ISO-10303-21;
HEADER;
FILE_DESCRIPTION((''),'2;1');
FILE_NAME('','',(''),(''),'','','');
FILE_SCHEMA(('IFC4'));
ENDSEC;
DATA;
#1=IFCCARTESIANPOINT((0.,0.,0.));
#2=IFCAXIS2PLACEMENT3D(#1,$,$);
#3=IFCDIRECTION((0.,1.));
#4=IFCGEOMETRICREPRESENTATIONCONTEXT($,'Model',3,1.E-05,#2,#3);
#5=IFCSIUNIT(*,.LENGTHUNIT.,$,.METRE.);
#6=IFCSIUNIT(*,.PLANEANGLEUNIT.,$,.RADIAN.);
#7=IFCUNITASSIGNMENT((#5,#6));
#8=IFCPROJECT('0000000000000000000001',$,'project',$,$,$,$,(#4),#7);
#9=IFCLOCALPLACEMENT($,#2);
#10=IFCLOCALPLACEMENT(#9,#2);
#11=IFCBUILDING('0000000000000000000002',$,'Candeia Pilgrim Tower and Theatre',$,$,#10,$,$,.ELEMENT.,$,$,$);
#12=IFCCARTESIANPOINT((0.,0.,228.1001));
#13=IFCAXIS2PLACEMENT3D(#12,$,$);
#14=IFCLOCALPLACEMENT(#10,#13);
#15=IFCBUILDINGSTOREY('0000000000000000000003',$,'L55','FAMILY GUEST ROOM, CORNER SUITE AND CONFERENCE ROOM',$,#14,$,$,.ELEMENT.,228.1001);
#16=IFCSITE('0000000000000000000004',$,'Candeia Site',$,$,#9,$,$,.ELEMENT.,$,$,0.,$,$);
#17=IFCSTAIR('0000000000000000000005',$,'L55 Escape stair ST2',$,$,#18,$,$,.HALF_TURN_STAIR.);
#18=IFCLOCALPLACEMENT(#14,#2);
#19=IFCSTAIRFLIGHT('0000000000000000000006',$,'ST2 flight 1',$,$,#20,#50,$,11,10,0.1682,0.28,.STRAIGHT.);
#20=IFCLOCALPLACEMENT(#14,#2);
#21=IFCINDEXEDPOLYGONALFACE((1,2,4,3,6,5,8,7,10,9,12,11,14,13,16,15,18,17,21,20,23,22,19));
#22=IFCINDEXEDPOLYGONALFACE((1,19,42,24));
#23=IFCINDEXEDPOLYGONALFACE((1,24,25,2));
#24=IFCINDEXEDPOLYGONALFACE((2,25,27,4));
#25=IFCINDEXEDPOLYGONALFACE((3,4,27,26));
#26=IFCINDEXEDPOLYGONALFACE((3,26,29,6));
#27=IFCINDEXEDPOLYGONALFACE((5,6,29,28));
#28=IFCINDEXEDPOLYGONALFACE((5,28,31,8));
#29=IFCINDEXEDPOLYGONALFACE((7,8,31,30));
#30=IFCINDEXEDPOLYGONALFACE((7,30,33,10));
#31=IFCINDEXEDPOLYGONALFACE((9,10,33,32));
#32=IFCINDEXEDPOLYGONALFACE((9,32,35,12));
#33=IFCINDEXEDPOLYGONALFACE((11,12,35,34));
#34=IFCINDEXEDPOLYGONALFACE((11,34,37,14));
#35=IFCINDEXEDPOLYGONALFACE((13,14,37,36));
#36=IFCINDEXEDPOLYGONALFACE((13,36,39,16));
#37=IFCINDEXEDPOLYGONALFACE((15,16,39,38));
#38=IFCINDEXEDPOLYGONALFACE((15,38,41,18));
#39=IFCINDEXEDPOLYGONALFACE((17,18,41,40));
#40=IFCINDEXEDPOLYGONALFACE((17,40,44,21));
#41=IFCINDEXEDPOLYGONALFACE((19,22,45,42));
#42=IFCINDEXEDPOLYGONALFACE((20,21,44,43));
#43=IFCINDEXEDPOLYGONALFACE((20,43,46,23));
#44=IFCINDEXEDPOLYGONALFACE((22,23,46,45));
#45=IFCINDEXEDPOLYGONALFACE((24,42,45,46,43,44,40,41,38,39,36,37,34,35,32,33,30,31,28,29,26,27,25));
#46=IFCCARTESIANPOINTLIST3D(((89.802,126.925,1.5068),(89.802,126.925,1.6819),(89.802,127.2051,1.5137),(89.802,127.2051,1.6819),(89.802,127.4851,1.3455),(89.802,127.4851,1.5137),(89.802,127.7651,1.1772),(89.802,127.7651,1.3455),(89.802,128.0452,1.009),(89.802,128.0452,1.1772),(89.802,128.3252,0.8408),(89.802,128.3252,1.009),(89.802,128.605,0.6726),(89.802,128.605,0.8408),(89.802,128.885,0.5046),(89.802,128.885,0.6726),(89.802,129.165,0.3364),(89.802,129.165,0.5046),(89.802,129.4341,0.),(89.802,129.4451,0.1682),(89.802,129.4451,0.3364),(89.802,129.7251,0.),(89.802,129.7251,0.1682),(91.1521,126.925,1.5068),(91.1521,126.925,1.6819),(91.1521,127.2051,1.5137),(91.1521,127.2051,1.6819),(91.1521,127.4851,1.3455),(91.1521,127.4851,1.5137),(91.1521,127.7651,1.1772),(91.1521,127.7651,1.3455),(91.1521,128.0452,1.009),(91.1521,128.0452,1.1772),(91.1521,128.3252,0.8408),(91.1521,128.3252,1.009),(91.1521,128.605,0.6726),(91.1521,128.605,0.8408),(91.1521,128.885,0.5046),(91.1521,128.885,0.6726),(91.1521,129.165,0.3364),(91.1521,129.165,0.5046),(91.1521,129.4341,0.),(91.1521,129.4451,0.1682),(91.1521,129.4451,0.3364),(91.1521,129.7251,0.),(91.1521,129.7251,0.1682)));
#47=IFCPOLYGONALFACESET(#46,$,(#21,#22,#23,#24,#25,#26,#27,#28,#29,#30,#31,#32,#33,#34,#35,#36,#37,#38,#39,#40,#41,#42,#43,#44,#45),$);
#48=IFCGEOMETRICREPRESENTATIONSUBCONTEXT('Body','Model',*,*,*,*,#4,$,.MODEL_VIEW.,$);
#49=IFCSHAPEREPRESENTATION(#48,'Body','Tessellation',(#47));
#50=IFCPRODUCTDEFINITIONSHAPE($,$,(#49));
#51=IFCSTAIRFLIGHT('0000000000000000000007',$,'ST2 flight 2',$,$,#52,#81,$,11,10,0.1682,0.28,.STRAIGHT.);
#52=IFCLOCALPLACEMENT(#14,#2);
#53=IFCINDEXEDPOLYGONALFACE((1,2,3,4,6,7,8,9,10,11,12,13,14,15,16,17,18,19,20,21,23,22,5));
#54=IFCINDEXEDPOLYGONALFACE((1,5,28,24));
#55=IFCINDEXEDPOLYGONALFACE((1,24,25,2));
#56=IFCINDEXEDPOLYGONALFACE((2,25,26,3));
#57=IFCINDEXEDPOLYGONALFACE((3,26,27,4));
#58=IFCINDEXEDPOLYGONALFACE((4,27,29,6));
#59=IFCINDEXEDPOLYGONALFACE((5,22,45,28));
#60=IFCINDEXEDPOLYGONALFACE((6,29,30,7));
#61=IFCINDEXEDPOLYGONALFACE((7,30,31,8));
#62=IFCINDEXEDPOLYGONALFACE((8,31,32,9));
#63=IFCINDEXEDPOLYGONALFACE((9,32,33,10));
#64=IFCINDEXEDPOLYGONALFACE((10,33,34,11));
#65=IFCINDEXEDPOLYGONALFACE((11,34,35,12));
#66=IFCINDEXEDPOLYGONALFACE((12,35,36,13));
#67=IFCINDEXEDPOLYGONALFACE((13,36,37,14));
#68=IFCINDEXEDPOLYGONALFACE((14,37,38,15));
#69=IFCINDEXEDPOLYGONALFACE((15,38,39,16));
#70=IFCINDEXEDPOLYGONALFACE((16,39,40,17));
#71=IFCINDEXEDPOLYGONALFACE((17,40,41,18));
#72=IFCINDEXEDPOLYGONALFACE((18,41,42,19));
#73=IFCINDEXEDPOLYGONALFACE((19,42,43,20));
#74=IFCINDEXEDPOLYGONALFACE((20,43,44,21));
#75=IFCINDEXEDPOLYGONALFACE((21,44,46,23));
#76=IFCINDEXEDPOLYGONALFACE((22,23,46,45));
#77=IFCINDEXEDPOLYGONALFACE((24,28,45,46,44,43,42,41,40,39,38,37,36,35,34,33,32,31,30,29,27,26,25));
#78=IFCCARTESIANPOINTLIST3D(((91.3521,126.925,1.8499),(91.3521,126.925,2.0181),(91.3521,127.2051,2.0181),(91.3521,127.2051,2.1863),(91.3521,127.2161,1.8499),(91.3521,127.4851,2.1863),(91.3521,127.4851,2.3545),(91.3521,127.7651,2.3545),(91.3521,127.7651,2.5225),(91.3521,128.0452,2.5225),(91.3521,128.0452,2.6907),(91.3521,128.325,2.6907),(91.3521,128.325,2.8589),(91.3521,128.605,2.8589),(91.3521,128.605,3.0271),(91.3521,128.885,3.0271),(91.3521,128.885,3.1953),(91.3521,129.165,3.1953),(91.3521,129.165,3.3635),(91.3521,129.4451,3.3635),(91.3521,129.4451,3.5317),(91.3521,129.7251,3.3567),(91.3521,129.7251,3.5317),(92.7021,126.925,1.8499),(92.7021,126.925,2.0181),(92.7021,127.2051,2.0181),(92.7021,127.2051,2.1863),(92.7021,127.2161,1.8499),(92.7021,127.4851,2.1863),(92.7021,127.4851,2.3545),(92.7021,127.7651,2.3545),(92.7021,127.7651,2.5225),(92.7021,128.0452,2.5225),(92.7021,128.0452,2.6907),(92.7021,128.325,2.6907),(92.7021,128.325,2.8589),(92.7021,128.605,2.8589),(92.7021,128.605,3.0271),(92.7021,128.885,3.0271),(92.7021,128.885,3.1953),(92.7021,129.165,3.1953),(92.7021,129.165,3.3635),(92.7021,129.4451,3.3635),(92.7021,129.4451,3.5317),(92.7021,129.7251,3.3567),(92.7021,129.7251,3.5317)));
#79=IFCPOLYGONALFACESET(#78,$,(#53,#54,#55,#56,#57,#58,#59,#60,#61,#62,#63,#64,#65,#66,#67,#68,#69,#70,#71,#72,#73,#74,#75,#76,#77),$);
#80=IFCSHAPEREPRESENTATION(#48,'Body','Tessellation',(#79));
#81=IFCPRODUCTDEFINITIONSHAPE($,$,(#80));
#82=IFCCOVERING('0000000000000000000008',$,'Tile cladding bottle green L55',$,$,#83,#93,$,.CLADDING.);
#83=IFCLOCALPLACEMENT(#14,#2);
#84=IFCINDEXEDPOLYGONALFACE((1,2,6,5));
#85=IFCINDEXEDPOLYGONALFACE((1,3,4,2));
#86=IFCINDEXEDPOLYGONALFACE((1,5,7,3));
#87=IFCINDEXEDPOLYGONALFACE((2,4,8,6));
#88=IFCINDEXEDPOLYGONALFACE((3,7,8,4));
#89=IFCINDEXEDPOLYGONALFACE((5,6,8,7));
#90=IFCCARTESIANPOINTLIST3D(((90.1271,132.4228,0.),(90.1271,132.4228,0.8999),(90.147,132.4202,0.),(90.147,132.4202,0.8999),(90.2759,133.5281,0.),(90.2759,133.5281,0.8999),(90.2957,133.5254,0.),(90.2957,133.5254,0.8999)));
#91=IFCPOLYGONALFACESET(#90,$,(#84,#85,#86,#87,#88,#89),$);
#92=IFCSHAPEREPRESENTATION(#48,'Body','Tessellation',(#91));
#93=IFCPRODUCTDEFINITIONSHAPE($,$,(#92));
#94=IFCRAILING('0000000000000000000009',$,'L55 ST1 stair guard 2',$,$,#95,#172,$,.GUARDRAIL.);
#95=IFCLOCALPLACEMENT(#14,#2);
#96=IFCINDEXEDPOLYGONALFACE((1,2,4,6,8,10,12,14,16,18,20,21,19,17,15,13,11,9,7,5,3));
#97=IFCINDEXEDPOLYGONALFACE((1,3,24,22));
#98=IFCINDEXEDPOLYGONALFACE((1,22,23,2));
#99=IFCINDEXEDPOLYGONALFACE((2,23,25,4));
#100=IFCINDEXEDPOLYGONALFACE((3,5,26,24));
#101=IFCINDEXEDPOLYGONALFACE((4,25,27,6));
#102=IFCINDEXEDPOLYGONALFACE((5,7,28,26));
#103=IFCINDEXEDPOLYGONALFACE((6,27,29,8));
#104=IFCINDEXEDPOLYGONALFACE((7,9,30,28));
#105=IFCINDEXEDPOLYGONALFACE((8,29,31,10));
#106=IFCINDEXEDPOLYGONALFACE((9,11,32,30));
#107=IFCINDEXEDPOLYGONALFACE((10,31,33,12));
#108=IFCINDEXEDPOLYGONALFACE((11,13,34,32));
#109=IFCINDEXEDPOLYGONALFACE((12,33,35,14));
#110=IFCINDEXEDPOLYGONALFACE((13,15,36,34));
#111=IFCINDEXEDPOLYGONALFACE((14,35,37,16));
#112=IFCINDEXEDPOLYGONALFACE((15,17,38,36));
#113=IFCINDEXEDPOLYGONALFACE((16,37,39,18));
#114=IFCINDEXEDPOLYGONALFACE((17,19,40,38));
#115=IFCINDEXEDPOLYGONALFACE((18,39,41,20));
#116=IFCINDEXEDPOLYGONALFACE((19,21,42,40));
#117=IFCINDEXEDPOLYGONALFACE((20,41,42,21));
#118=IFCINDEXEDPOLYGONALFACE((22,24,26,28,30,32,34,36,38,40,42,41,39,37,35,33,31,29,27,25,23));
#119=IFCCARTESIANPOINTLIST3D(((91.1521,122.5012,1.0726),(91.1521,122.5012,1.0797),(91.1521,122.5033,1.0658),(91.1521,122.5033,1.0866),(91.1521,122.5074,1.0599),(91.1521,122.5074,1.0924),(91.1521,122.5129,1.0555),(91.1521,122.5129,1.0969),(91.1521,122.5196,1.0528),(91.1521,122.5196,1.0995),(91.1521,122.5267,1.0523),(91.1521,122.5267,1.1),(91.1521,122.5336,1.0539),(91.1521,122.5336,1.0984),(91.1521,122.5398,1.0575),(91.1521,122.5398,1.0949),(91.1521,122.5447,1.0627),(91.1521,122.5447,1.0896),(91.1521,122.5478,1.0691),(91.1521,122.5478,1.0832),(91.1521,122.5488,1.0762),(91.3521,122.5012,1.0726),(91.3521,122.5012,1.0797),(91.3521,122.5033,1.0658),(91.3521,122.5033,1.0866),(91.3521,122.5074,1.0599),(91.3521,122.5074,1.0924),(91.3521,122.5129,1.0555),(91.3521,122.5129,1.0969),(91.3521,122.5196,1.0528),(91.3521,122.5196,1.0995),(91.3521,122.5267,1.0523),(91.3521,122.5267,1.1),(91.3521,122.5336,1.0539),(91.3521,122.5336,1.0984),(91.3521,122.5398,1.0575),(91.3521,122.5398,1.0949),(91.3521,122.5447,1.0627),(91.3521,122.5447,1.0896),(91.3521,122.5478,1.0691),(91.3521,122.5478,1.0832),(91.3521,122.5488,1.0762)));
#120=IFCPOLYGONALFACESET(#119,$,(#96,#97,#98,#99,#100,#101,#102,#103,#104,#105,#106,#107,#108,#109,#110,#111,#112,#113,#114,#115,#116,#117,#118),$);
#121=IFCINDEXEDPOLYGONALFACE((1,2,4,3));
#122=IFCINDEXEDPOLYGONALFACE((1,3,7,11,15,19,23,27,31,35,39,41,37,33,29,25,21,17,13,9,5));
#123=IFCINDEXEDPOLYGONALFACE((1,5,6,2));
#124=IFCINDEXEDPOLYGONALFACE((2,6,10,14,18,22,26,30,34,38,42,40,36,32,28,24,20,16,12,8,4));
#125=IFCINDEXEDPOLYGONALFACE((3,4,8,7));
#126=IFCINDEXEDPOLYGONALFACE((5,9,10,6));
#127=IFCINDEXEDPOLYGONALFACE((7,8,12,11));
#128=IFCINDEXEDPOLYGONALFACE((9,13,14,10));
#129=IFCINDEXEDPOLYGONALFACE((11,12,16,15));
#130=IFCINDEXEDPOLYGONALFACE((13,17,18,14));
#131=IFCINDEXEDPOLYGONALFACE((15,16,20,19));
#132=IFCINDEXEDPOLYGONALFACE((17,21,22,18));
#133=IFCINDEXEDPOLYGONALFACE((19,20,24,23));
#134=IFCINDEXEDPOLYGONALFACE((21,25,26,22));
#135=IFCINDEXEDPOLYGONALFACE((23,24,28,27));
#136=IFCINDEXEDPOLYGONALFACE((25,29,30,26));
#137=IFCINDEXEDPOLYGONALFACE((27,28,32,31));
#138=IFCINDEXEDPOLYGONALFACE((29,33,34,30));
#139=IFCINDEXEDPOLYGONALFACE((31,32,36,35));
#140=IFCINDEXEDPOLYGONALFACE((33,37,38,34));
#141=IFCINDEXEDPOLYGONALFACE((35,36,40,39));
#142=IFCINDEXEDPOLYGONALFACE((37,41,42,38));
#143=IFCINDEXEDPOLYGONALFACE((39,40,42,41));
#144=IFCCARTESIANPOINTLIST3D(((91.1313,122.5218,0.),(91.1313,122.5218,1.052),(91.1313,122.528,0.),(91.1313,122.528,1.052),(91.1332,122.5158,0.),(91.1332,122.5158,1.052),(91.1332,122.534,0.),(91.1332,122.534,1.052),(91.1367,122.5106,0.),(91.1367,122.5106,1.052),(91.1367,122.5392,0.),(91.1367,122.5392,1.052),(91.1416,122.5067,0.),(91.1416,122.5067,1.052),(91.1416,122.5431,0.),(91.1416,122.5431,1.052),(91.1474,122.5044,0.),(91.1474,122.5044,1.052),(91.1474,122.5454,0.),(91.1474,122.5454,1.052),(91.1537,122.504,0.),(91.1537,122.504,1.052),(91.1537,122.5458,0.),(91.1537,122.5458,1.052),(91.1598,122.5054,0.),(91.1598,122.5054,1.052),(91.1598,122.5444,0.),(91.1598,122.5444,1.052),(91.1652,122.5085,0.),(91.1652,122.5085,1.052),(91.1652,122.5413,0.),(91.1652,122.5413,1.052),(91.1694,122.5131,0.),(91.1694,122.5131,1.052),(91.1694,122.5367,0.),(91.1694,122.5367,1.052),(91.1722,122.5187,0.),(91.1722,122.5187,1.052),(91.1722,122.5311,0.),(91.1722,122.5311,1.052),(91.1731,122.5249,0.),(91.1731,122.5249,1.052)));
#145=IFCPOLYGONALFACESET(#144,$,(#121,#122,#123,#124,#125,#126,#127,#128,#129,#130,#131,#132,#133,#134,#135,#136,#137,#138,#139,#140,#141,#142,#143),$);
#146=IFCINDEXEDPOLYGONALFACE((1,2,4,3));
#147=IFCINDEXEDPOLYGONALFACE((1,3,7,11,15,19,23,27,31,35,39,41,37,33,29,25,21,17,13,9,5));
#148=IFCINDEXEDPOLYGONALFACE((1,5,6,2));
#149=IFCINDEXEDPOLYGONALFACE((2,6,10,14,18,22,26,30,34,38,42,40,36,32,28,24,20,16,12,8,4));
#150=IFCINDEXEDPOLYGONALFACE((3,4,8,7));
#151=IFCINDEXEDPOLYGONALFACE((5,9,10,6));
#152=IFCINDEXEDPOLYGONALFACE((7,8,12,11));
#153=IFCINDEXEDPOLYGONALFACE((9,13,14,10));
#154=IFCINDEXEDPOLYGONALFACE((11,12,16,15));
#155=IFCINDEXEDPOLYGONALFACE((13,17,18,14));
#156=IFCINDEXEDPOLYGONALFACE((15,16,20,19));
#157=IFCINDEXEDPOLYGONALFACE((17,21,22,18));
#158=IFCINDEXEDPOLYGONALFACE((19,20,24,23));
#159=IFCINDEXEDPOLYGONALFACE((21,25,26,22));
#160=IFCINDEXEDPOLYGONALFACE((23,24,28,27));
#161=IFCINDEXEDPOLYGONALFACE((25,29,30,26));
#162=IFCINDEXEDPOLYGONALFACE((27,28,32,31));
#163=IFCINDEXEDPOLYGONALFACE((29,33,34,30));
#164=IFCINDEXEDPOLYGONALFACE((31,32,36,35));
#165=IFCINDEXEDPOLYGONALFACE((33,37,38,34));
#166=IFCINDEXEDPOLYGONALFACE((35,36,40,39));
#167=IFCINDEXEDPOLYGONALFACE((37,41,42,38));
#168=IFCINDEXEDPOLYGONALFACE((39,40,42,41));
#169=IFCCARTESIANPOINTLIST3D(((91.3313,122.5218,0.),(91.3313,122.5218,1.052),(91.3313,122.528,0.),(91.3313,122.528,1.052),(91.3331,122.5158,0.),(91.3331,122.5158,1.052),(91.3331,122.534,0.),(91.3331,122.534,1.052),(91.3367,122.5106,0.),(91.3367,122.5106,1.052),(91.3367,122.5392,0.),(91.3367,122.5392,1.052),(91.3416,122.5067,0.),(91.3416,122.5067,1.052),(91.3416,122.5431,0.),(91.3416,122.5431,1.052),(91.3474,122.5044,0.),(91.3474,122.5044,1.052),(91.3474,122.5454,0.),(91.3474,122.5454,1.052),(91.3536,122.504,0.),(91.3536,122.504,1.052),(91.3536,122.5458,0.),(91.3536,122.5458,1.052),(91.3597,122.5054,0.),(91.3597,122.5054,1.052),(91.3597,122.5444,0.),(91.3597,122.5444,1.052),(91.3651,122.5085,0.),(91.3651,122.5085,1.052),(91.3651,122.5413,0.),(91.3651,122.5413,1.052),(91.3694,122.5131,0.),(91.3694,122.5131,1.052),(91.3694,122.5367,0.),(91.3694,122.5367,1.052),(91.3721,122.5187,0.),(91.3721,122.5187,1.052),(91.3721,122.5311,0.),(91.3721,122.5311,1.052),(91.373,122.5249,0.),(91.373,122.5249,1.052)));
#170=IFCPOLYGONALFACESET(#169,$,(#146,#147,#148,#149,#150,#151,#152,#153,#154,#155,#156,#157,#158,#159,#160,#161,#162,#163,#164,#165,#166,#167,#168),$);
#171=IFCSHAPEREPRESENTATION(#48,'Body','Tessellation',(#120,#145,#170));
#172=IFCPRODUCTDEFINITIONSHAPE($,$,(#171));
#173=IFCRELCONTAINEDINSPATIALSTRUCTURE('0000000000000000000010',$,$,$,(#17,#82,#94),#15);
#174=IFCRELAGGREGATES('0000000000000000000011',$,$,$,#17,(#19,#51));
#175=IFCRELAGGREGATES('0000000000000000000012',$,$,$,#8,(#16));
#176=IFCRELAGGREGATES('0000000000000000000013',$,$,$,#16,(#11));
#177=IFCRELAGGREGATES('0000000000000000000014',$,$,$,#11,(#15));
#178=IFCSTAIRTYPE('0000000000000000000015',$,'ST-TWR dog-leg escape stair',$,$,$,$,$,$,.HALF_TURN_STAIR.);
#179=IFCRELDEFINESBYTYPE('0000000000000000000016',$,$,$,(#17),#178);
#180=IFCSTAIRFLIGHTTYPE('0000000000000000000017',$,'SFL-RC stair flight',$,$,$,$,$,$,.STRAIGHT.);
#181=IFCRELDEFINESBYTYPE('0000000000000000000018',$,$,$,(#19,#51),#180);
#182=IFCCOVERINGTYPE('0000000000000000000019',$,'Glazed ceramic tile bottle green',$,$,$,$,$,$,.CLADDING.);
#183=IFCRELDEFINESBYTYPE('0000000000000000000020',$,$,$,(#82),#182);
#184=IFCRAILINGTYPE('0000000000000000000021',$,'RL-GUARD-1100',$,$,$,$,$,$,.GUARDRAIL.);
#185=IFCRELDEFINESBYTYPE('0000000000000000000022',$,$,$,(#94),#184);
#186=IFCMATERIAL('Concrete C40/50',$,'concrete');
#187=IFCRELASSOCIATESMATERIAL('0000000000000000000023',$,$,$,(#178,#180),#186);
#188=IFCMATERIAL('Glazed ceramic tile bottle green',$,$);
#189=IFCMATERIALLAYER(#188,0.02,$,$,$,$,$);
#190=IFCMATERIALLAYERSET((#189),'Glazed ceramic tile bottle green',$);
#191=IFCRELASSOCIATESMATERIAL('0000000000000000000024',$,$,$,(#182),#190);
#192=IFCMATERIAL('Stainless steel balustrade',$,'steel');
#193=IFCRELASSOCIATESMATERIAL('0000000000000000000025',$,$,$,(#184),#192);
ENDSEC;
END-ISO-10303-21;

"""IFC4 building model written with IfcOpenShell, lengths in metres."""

from ifc_helpers import new_model, si_unit, direction, frame, origin, origin_2d, place, context, subcontext, project, spatial, polyline, rectangle, circle, outline, extrude, material, layer, layer_set, type_object, element, aggregate, save


model = new_model("IFC4")

# Units and contexts
model_context = context("Model", 3, precision=1e-05, world=origin(), true_north=direction((0.0, 1.0)))
body_context = subcontext(model_context, "Body", "Model", "MODEL_VIEW")
ifc_project = project(units=[si_unit("LENGTHUNIT", "METRE"), si_unit("PLANEANGLEUNIT", "RADIAN")], contexts=[model_context])

# Site, building, storey
site_placement = place(None, origin())
site = spatial("IfcSite", under=ifc_project, at=site_placement, Name="Candeia Site", CompositionType="ELEMENT", RefElevation=0.0)
building_placement = place(site_placement, origin())
building = spatial("IfcBuilding", under=site, at=building_placement, Name="Candeia Pilgrim Tower and Theatre", CompositionType="ELEMENT")
storey_placement = place(building_placement, frame((0.0, 0.0, 228.1001)))
storey = spatial("IfcBuildingStorey", under=building, at=storey_placement, Name="L55", Description="FAMILY GUEST ROOM, CORNER SUITE AND CONFERENCE ROOM", CompositionType="ELEMENT", Elevation=228.1001)

# Shared definitions
ifc_material_1 = material(Name="Concrete C40/50", Category="concrete")

# Stair, stair flights
stair_type = type_object("IfcStairType", Name="ST-TWR dog-leg escape stair", PredefinedType="HALF_TURN_STAIR", material=ifc_material_1)
stair_flight_type = type_object("IfcStairFlightType", Name="SFL-RC stair flight", PredefinedType="STRAIGHT", material=ifc_material_1)
stair_1_placement = place(storey_placement, origin())
stair_1 = element("IfcStair", 1, at=stair_1_placement, inside=storey, type_object=stair_type, Name="L55 Escape stair ST2", PredefinedType="HALF_TURN_STAIR")
stair_flight_1_placement = place(storey_placement, frame((90.4771, 129.7251, 0.0), z_axis=(0.0, 0.0, 1.0), x_axis=(0.0, -1.0, 0.0)))
stair_flight_1 = element("IfcStairFlight", 2, at=stair_flight_1_placement, type_object=stair_flight_type, Name="ST2 flight 1", NumberOfRisers=11, NumberOfTreads=10, PredefinedType="STRAIGHT", RiserHeight=0.1682, TreadLength=0.28, context=body_context, shape_type="SweptSolid", body=[
    extrude(outline(polyline([(0.0, 0.0), (0.0, 0.1682), (0.28, 0.1682), (0.28, 0.3364), (0.5601, 0.3364), (0.5601, 0.5046), (0.8401, 0.5046), (0.8401, 0.6726), (1.1201, 0.6726), (1.1201, 0.8408), (1.3999, 0.8408), (1.3999, 1.009), (1.6799, 1.009), (1.6799, 1.1772), (1.96, 1.1772), (1.96, 1.3455), (2.24, 1.3455), (2.24, 1.5137), (2.52, 1.5137), (2.52, 1.6819), (2.8, 1.6819), (2.8, 1.8501), (2.8, 1.5068), (0.291, 0.0), (0.0, 0.0)])), frame((0.0, 0.675, 0.0), z_axis=(0.0, -1.0, 0.0), x_axis=(1.0, 0.0, 0.0)), (0.0, 0.0, 1.0), 1.3501),
])
stair_flight_2_placement = place(storey_placement, frame((92.0271, 126.925, 1.8499), z_axis=(0.0, 0.0, 1.0), x_axis=(0.0, 1.0, 0.0)))
stair_flight_2 = element("IfcStairFlight", 3, at=stair_flight_2_placement, type_object=stair_flight_type, Name="ST2 flight 2", NumberOfRisers=11, NumberOfTreads=10, PredefinedType="STRAIGHT", RiserHeight=0.1682, TreadLength=0.28, context=body_context, shape_type="SweptSolid", body=[
    extrude(outline(polyline([(0.0, 0.0), (0.0, 0.1682), (0.28, 0.1682), (0.28, 0.3364), (0.5601, 0.3364), (0.5601, 0.5046), (0.8401, 0.5046), (0.8401, 0.6726), (1.1201, 0.6726), (1.1201, 0.8408), (1.3999, 0.8408), (1.3999, 1.009), (1.6799, 1.009), (1.6799, 1.1772), (1.96, 1.1772), (1.96, 1.3455), (2.24, 1.3455), (2.24, 1.5137), (2.52, 1.5137), (2.52, 1.6819), (2.8, 1.6819), (2.8, 1.8501), (2.8, 1.5068), (0.291, 0.0), (0.0, 0.0)])), frame((0.0, 0.675, 0.0), z_axis=(0.0, -1.0, 0.0), x_axis=(1.0, 0.0, 0.0)), (0.0, 0.0, 1.0), 1.3501),
])
aggregate(stair_1, [stair_flight_1, stair_flight_2])

# Shared definitions
ifc_material_2 = material(Name="Stainless steel balustrade", Category="steel")

# Covering
ifc_material_3 = material(Name="Glazed ceramic tile bottle green")
ifc_layer_1 = layer(ifc_material_3, 0.02)
ifc_layer_set_1 = layer_set([ifc_layer_1], Name="Glazed ceramic tile bottle green")
covering_type = type_object("IfcCoveringType", Name="Glazed ceramic tile bottle green", PredefinedType="CLADDING", material=ifc_layer_set_1)
covering_placement = place(storey_placement, frame((90.2114, 132.9741, 0.0), z_axis=(0.0, 0.0, 1.0), x_axis=(-0.133412, -0.991061, 0.0)))
element("IfcCovering", 4, at=covering_placement, inside=storey, type_object=covering_type, Name="Tile cladding bottle green L55", PredefinedType="CLADDING", context=body_context, shape_type="SweptSolid", body=[
    extrude(rectangle(XDim=1.1152, YDim=0.02, at=origin_2d()), origin(), (0.0, 0.0, 1.0), 0.8999),
])

# Railing
railing_type_1 = type_object("IfcRailingType", Name="RL-GUARD-1100", PredefinedType="GUARDRAIL", material=ifc_material_2)
railing_1_placement = place(storey_placement, frame((91.1521, 122.5249, 0.0)))
element("IfcRailing", 5, at=railing_1_placement, inside=storey, type_object=railing_type_1, Name="L55 ST1 stair guard 2", PredefinedType="GUARDRAIL", context=body_context, shape_type="SweptSolid", body=[
    extrude(circle(Radius=0.0239, at=origin_2d()), frame((0.0, 0.0, 1.0762), z_axis=(1.0, 0.0, 0.0), x_axis=(0.0, 1.0, 0.0)), (0.0, 0.0, 1.0), 0.2),
    extrude(circle(Radius=0.021, at=origin_2d()), origin(), (0.0, 0.0, 1.0), 1.052),
    extrude(circle(Radius=0.021, at=origin_2d()), frame((0.2, 0.0, 0.0)), (0.0, 0.0, 1.0), 1.052),
])

save(model, "model.ifc")
